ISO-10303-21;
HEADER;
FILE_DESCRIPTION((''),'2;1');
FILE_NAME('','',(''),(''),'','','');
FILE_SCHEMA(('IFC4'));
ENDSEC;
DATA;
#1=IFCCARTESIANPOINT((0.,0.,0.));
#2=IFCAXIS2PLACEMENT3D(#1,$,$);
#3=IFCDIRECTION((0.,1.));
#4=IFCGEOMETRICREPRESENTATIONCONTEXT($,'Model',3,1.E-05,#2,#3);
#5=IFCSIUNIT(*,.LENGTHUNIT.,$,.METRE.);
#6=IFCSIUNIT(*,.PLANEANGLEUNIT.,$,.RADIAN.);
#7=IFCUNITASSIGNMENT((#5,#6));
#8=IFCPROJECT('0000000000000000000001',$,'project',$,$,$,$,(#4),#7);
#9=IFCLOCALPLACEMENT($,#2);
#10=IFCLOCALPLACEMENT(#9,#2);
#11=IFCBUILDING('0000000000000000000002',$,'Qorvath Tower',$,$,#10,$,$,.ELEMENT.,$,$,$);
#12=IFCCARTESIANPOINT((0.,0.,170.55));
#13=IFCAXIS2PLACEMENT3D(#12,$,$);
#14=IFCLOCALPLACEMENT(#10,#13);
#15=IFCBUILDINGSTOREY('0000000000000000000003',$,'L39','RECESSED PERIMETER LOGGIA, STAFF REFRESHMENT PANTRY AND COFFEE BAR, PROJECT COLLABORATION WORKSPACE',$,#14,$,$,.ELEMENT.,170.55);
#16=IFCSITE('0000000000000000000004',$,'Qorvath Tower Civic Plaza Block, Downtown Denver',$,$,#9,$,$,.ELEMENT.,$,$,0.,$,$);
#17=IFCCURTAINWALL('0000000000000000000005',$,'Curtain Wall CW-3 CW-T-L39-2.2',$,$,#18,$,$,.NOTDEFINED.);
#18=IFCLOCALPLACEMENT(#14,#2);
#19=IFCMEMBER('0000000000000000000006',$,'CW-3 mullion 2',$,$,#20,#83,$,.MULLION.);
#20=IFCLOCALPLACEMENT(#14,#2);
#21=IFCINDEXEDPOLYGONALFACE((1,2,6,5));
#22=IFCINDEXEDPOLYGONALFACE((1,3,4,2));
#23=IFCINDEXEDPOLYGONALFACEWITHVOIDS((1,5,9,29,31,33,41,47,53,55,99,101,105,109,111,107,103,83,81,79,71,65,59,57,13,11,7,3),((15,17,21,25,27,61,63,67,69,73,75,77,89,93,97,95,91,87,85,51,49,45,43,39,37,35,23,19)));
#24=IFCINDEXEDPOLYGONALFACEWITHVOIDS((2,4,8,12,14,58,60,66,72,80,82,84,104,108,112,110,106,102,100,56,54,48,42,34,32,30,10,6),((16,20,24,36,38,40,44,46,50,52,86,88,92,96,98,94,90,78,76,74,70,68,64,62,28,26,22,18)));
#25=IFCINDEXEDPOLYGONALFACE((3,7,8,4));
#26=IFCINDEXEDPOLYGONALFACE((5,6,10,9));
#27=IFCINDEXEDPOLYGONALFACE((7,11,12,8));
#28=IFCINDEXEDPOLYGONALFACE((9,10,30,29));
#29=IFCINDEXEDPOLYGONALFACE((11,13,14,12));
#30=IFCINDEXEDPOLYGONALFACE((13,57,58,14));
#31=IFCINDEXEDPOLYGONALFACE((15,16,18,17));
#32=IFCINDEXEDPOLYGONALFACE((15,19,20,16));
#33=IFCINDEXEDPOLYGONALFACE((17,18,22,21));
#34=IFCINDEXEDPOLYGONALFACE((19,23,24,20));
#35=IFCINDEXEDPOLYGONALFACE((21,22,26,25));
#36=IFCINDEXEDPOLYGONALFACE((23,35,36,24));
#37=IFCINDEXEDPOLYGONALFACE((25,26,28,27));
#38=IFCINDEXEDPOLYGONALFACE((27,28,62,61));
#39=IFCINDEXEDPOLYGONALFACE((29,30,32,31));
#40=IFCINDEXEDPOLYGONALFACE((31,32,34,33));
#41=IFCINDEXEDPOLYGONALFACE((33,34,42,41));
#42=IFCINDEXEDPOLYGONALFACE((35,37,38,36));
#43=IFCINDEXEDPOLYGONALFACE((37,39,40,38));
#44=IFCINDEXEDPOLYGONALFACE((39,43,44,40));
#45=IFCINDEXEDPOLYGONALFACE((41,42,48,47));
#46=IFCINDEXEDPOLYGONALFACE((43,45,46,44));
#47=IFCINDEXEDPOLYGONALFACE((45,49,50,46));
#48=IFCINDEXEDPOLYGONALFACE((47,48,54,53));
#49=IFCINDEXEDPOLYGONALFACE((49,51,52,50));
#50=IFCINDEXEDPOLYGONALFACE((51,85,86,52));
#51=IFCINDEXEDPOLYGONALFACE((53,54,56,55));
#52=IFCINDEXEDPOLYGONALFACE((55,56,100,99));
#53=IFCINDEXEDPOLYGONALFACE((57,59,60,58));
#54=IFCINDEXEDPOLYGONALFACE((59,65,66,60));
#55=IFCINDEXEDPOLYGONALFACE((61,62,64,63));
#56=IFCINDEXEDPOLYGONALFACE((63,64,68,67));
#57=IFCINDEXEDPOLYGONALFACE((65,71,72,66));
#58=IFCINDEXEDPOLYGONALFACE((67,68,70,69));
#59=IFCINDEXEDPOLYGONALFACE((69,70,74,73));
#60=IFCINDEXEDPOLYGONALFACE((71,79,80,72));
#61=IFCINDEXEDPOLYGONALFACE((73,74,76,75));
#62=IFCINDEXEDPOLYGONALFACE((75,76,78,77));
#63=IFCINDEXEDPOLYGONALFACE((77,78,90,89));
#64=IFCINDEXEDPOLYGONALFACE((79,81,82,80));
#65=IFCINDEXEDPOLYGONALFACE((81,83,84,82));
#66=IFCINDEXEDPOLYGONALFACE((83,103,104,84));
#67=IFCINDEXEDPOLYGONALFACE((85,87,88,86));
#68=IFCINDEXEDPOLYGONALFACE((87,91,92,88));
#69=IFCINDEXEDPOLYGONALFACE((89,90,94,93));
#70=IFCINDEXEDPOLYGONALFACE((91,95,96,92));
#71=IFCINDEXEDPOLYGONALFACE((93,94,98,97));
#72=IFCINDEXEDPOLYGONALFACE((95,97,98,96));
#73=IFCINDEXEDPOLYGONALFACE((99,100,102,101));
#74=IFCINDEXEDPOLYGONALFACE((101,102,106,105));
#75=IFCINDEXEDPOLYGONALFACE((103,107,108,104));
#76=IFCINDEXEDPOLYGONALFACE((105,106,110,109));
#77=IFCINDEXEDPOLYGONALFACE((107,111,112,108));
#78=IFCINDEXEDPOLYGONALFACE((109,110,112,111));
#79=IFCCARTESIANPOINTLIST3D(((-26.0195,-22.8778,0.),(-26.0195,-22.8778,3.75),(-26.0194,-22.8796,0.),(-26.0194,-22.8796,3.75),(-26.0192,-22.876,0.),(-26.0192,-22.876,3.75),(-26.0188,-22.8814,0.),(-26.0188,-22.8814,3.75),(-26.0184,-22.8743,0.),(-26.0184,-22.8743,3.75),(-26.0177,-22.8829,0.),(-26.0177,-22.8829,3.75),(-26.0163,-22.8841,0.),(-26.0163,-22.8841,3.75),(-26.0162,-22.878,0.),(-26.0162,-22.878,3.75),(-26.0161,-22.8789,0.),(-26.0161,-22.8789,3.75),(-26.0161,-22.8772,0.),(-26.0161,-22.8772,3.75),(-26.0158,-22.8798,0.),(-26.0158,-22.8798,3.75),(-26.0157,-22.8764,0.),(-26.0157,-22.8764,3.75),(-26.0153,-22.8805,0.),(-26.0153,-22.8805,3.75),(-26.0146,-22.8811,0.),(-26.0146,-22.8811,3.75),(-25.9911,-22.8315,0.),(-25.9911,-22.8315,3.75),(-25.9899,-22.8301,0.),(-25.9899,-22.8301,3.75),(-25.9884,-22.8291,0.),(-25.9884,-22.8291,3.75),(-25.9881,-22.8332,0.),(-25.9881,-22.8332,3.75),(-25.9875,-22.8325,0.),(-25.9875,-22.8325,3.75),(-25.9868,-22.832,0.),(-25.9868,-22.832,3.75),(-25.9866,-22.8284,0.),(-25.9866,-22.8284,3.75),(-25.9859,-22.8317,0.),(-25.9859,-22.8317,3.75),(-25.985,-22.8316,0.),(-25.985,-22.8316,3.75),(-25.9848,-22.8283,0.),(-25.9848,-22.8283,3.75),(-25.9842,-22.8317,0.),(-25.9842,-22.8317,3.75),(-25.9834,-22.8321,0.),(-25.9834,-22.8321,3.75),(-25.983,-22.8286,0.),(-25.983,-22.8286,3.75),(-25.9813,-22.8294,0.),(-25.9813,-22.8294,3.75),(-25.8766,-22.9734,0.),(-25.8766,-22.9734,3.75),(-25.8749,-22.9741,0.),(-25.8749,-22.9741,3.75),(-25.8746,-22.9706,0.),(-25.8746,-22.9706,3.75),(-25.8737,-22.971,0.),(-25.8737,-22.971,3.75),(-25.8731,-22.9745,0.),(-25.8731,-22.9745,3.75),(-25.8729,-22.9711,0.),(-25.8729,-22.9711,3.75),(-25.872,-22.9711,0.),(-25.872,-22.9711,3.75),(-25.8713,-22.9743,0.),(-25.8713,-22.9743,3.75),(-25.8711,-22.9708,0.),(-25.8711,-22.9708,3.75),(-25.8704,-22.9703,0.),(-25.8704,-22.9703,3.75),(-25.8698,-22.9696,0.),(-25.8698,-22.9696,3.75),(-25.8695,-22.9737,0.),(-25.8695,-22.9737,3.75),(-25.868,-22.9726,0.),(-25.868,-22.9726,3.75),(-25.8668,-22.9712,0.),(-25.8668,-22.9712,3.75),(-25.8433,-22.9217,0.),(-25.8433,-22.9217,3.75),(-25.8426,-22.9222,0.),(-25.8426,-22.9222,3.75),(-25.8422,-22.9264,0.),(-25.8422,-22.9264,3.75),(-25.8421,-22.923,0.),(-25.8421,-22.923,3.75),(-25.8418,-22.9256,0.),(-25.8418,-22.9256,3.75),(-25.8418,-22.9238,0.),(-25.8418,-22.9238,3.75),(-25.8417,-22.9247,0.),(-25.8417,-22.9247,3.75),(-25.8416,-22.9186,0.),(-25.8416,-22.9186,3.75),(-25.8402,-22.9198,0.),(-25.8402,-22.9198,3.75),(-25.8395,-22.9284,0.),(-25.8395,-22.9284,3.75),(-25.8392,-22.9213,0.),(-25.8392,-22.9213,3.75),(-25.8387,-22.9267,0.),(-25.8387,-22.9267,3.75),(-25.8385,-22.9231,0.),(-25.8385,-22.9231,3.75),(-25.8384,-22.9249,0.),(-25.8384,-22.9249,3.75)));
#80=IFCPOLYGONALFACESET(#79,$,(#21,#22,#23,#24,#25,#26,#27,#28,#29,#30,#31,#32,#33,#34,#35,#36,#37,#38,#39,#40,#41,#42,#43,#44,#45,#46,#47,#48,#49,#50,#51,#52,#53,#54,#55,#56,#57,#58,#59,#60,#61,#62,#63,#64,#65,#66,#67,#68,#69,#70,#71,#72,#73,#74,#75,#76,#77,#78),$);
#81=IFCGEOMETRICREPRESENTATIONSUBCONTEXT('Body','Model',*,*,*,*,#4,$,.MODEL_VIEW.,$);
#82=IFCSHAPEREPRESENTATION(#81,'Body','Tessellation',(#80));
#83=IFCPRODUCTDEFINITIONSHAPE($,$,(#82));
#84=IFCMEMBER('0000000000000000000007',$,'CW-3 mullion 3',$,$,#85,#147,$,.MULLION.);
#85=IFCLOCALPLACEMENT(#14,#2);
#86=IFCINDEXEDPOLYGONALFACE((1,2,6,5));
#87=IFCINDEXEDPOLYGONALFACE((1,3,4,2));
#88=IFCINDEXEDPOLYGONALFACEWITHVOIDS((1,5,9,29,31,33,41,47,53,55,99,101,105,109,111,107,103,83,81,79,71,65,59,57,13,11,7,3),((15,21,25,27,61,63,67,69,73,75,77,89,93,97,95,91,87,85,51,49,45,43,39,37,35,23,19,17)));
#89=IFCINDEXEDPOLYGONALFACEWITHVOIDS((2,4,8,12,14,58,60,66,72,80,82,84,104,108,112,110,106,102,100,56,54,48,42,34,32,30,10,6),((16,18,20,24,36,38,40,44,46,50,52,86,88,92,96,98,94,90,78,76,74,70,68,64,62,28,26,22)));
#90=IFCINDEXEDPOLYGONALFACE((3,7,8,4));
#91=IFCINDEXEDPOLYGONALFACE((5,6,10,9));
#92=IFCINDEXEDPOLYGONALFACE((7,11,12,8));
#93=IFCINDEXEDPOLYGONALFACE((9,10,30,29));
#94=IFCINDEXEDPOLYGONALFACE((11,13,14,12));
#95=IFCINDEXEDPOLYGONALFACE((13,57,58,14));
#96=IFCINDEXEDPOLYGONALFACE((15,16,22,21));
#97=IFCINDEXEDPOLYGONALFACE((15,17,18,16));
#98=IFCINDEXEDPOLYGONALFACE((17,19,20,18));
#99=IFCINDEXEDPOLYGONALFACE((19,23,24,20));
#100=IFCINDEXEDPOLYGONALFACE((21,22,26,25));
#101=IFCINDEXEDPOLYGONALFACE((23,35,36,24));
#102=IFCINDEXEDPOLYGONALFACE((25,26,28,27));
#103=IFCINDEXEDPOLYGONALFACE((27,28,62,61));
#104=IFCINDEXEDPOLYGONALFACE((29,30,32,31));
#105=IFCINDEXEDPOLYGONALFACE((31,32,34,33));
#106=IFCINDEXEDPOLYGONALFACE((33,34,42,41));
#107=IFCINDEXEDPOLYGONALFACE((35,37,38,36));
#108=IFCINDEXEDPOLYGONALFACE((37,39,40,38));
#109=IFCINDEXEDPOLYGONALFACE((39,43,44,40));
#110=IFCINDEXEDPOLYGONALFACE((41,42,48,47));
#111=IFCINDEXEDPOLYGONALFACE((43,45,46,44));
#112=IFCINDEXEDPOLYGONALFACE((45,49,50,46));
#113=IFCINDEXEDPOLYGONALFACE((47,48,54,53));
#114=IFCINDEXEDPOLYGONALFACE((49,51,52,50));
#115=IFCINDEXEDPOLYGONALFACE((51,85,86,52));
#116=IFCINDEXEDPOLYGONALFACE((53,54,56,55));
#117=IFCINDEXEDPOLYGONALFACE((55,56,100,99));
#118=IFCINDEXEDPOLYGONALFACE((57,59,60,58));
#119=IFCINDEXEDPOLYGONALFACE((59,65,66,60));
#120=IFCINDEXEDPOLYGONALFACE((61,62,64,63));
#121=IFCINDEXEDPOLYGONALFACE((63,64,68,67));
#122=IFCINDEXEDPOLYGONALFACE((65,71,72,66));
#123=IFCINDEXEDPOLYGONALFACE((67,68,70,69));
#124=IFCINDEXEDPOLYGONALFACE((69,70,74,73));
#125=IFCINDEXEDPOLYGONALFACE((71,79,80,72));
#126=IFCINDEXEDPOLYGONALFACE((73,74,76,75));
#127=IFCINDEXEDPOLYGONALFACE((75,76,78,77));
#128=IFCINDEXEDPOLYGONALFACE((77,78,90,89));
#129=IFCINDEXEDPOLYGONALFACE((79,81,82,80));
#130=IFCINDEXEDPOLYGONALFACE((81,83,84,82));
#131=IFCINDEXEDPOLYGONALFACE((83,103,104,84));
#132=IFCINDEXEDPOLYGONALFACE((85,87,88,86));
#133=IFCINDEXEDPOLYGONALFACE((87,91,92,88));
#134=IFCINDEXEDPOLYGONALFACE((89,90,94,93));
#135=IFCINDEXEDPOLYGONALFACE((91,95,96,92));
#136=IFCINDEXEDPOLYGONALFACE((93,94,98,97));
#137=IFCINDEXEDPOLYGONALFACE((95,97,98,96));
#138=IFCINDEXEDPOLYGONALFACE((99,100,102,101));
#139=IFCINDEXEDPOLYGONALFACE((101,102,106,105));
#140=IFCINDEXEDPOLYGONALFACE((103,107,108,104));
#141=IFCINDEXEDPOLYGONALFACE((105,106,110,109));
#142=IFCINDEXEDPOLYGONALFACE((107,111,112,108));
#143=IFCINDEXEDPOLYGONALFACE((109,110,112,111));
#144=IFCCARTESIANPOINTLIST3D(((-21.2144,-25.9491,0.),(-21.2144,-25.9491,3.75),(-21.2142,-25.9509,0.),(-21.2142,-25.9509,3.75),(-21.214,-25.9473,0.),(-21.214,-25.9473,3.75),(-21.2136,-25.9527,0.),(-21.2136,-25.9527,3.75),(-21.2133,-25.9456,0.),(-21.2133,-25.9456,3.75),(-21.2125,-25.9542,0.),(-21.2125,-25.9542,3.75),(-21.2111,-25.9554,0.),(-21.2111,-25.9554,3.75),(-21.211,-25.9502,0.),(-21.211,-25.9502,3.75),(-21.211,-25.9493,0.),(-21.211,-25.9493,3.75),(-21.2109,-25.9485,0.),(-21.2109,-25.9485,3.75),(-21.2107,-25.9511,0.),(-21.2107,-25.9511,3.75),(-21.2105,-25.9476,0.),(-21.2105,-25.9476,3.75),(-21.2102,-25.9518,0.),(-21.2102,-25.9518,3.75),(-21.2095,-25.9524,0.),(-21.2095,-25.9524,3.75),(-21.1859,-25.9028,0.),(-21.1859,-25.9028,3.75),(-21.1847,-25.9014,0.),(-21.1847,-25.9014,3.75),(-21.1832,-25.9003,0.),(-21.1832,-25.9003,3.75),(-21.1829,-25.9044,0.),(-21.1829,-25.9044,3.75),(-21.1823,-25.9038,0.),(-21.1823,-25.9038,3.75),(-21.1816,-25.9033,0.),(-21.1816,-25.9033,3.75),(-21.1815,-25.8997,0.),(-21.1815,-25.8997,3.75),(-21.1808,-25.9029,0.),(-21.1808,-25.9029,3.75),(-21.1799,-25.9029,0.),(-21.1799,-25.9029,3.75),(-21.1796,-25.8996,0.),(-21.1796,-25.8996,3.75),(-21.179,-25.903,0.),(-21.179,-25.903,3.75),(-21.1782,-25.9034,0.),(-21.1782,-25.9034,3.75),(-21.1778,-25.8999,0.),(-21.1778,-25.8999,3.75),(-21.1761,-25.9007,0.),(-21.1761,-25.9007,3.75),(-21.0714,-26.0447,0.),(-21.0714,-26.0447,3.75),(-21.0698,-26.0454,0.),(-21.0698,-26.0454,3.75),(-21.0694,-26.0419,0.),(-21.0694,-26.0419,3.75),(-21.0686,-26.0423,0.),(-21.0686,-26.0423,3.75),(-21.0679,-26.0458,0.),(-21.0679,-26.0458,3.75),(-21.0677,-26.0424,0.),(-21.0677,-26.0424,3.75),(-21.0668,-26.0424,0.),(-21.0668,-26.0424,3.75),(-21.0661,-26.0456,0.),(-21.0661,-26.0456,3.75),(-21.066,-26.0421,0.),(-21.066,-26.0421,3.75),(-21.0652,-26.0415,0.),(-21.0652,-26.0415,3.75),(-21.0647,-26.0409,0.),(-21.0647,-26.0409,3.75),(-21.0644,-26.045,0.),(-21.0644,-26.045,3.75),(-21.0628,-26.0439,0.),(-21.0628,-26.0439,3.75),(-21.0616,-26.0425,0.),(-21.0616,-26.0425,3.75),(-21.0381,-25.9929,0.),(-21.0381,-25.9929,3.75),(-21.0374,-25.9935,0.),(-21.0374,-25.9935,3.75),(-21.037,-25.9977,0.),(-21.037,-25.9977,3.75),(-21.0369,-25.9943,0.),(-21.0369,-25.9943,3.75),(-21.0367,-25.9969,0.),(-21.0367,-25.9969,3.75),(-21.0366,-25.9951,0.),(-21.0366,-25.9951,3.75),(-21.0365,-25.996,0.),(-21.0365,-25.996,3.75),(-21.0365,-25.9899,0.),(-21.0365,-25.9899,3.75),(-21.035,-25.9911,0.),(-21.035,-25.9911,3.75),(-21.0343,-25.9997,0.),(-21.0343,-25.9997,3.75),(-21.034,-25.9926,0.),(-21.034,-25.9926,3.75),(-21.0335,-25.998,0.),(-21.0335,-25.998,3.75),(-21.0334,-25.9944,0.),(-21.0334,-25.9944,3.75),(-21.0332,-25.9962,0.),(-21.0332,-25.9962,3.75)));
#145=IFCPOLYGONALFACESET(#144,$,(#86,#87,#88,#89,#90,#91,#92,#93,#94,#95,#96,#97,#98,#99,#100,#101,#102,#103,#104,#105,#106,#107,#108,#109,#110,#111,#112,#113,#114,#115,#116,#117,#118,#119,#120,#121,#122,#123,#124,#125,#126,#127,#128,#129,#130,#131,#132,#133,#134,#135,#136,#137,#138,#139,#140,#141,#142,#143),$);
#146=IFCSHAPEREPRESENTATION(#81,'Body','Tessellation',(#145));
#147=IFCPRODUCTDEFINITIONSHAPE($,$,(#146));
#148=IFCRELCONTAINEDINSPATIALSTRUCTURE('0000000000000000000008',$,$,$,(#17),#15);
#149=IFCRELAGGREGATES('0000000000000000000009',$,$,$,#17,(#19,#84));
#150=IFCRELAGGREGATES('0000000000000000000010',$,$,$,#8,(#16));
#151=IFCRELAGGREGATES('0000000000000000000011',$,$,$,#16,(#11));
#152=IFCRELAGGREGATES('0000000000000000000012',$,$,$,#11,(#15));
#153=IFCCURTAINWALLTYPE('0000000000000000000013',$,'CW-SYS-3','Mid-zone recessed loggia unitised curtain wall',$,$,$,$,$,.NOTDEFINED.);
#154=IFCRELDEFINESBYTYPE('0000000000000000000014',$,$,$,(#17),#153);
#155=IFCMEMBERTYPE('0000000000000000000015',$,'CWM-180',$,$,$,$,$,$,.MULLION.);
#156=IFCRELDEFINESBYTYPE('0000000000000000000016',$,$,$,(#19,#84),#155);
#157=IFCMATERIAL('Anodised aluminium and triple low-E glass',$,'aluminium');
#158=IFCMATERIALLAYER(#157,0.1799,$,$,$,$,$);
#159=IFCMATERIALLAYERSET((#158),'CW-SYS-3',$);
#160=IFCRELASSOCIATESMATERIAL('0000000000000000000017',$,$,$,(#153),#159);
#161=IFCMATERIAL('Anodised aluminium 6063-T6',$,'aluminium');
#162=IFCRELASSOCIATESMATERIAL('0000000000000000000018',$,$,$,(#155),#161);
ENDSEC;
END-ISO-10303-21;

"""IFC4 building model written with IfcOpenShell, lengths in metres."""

from ifc_helpers import new_model, si_unit, direction, frame, origin, origin_2d, place, context, subcontext, project, spatial, hollow_rectangle, extrude, material, layer, layer_set, material_profile, profile_set, type_object, element, aggregate, save


model = new_model("IFC4")

# Units and contexts
model_context = context("Model", 3, precision=1e-05, world=origin(), true_north=direction((0.0, 1.0)))
body_context = subcontext(model_context, "Body", "Model", "MODEL_VIEW")
ifc_project = project(units=[si_unit("LENGTHUNIT", "METRE"), si_unit("PLANEANGLEUNIT", "RADIAN")], contexts=[model_context])

# Site, building, storey
site_placement = place(None, origin())
site = spatial("IfcSite", under=ifc_project, at=site_placement, Name="Qorvath Tower Civic Plaza Block, Downtown Denver", CompositionType="ELEMENT", RefElevation=0.0)
building_placement = place(site_placement, origin())
building = spatial("IfcBuilding", under=site, at=building_placement, Name="Qorvath Tower", CompositionType="ELEMENT")
storey_placement = place(building_placement, frame((0.0, 0.0, 170.55)))
storey = spatial("IfcBuildingStorey", under=building, at=storey_placement, Name="L39", Description="RECESSED PERIMETER LOGGIA, STAFF REFRESHMENT PANTRY AND COFFEE BAR, PROJECT COLLABORATION WORKSPACE", CompositionType="ELEMENT", Elevation=170.55)

# Curtain wall, members
ifc_material_1 = material(Name="Anodised aluminium and triple low-E glass", Category="aluminium")
ifc_layer_1 = layer(ifc_material_1, 0.1799)
ifc_layer_set_1 = layer_set([ifc_layer_1], Name="CW-SYS-3")
curtain_wall_type = type_object("IfcCurtainWallType", Name="CW-SYS-3", Description="Mid-zone recessed loggia unitised curtain wall", PredefinedType="NOTDEFINED", material=ifc_layer_set_1)
curtain_wall_placement = place(storey_placement, origin())
curtain_wall = element("IfcCurtainWall", 1, at=curtain_wall_placement, inside=storey, type_object=curtain_wall_type, Name="Curtain Wall CW-3 CW-T-L39-2.2", PredefinedType="NOTDEFINED")
ifc_material_2 = material(Name="Anodised aluminium 6063-T6", Category="aluminium")
ifc_material_profile_1 = material_profile(ifc_material_2, hollow_rectangle(XDim=0.0649, YDim=0.1799, WallThickness=0.0034, InnerFilletRadius=0.0034, OuterFilletRadius=0.0071, at=origin_2d()), Name="CWM 180x65")
ifc_profile_set_1 = profile_set([ifc_material_profile_1], Name="Anodised aluminium 6063-T6")
member_type_1 = type_object("IfcMemberType", Name="CWM-180", PredefinedType="MULLION", material=ifc_profile_set_1)
member_1_placement = place(storey_placement, frame((-25.929, -22.9014, 0.0), z_axis=(0.0, 0.0, 1.0), x_axis=(0.538534, 0.842604, 0.0)))
member_1 = element("IfcMember", 2, at=member_1_placement, type_object=member_type_1, Name="CW-3 mullion 2", PredefinedType="MULLION", context=body_context, shape_type="SweptSolid", body=[
    extrude(hollow_rectangle(XDim=0.0649, YDim=0.1799, WallThickness=0.0034, InnerFilletRadius=0.0034, OuterFilletRadius=0.0071, at=origin_2d()), origin(), (0.0, 0.0, 1.0), 3.75),
])
member_2_placement = place(storey_placement, frame((-21.1238, -25.9727, 0.0), z_axis=(0.0, 0.0, 1.0), x_axis=(0.538534, 0.842604, 0.0)))
member_2 = element("IfcMember", 3, at=member_2_placement, type_object=member_type_1, Name="CW-3 mullion 3", PredefinedType="MULLION", context=body_context, shape_type="SweptSolid", body=[
    extrude(hollow_rectangle(XDim=0.0649, YDim=0.1799, WallThickness=0.0034, InnerFilletRadius=0.0034, OuterFilletRadius=0.0071, at=origin_2d()), origin(), (0.0, 0.0, 1.0), 3.75),
])
aggregate(curtain_wall, [member_1, member_2])

save(model, "model.ifc")
